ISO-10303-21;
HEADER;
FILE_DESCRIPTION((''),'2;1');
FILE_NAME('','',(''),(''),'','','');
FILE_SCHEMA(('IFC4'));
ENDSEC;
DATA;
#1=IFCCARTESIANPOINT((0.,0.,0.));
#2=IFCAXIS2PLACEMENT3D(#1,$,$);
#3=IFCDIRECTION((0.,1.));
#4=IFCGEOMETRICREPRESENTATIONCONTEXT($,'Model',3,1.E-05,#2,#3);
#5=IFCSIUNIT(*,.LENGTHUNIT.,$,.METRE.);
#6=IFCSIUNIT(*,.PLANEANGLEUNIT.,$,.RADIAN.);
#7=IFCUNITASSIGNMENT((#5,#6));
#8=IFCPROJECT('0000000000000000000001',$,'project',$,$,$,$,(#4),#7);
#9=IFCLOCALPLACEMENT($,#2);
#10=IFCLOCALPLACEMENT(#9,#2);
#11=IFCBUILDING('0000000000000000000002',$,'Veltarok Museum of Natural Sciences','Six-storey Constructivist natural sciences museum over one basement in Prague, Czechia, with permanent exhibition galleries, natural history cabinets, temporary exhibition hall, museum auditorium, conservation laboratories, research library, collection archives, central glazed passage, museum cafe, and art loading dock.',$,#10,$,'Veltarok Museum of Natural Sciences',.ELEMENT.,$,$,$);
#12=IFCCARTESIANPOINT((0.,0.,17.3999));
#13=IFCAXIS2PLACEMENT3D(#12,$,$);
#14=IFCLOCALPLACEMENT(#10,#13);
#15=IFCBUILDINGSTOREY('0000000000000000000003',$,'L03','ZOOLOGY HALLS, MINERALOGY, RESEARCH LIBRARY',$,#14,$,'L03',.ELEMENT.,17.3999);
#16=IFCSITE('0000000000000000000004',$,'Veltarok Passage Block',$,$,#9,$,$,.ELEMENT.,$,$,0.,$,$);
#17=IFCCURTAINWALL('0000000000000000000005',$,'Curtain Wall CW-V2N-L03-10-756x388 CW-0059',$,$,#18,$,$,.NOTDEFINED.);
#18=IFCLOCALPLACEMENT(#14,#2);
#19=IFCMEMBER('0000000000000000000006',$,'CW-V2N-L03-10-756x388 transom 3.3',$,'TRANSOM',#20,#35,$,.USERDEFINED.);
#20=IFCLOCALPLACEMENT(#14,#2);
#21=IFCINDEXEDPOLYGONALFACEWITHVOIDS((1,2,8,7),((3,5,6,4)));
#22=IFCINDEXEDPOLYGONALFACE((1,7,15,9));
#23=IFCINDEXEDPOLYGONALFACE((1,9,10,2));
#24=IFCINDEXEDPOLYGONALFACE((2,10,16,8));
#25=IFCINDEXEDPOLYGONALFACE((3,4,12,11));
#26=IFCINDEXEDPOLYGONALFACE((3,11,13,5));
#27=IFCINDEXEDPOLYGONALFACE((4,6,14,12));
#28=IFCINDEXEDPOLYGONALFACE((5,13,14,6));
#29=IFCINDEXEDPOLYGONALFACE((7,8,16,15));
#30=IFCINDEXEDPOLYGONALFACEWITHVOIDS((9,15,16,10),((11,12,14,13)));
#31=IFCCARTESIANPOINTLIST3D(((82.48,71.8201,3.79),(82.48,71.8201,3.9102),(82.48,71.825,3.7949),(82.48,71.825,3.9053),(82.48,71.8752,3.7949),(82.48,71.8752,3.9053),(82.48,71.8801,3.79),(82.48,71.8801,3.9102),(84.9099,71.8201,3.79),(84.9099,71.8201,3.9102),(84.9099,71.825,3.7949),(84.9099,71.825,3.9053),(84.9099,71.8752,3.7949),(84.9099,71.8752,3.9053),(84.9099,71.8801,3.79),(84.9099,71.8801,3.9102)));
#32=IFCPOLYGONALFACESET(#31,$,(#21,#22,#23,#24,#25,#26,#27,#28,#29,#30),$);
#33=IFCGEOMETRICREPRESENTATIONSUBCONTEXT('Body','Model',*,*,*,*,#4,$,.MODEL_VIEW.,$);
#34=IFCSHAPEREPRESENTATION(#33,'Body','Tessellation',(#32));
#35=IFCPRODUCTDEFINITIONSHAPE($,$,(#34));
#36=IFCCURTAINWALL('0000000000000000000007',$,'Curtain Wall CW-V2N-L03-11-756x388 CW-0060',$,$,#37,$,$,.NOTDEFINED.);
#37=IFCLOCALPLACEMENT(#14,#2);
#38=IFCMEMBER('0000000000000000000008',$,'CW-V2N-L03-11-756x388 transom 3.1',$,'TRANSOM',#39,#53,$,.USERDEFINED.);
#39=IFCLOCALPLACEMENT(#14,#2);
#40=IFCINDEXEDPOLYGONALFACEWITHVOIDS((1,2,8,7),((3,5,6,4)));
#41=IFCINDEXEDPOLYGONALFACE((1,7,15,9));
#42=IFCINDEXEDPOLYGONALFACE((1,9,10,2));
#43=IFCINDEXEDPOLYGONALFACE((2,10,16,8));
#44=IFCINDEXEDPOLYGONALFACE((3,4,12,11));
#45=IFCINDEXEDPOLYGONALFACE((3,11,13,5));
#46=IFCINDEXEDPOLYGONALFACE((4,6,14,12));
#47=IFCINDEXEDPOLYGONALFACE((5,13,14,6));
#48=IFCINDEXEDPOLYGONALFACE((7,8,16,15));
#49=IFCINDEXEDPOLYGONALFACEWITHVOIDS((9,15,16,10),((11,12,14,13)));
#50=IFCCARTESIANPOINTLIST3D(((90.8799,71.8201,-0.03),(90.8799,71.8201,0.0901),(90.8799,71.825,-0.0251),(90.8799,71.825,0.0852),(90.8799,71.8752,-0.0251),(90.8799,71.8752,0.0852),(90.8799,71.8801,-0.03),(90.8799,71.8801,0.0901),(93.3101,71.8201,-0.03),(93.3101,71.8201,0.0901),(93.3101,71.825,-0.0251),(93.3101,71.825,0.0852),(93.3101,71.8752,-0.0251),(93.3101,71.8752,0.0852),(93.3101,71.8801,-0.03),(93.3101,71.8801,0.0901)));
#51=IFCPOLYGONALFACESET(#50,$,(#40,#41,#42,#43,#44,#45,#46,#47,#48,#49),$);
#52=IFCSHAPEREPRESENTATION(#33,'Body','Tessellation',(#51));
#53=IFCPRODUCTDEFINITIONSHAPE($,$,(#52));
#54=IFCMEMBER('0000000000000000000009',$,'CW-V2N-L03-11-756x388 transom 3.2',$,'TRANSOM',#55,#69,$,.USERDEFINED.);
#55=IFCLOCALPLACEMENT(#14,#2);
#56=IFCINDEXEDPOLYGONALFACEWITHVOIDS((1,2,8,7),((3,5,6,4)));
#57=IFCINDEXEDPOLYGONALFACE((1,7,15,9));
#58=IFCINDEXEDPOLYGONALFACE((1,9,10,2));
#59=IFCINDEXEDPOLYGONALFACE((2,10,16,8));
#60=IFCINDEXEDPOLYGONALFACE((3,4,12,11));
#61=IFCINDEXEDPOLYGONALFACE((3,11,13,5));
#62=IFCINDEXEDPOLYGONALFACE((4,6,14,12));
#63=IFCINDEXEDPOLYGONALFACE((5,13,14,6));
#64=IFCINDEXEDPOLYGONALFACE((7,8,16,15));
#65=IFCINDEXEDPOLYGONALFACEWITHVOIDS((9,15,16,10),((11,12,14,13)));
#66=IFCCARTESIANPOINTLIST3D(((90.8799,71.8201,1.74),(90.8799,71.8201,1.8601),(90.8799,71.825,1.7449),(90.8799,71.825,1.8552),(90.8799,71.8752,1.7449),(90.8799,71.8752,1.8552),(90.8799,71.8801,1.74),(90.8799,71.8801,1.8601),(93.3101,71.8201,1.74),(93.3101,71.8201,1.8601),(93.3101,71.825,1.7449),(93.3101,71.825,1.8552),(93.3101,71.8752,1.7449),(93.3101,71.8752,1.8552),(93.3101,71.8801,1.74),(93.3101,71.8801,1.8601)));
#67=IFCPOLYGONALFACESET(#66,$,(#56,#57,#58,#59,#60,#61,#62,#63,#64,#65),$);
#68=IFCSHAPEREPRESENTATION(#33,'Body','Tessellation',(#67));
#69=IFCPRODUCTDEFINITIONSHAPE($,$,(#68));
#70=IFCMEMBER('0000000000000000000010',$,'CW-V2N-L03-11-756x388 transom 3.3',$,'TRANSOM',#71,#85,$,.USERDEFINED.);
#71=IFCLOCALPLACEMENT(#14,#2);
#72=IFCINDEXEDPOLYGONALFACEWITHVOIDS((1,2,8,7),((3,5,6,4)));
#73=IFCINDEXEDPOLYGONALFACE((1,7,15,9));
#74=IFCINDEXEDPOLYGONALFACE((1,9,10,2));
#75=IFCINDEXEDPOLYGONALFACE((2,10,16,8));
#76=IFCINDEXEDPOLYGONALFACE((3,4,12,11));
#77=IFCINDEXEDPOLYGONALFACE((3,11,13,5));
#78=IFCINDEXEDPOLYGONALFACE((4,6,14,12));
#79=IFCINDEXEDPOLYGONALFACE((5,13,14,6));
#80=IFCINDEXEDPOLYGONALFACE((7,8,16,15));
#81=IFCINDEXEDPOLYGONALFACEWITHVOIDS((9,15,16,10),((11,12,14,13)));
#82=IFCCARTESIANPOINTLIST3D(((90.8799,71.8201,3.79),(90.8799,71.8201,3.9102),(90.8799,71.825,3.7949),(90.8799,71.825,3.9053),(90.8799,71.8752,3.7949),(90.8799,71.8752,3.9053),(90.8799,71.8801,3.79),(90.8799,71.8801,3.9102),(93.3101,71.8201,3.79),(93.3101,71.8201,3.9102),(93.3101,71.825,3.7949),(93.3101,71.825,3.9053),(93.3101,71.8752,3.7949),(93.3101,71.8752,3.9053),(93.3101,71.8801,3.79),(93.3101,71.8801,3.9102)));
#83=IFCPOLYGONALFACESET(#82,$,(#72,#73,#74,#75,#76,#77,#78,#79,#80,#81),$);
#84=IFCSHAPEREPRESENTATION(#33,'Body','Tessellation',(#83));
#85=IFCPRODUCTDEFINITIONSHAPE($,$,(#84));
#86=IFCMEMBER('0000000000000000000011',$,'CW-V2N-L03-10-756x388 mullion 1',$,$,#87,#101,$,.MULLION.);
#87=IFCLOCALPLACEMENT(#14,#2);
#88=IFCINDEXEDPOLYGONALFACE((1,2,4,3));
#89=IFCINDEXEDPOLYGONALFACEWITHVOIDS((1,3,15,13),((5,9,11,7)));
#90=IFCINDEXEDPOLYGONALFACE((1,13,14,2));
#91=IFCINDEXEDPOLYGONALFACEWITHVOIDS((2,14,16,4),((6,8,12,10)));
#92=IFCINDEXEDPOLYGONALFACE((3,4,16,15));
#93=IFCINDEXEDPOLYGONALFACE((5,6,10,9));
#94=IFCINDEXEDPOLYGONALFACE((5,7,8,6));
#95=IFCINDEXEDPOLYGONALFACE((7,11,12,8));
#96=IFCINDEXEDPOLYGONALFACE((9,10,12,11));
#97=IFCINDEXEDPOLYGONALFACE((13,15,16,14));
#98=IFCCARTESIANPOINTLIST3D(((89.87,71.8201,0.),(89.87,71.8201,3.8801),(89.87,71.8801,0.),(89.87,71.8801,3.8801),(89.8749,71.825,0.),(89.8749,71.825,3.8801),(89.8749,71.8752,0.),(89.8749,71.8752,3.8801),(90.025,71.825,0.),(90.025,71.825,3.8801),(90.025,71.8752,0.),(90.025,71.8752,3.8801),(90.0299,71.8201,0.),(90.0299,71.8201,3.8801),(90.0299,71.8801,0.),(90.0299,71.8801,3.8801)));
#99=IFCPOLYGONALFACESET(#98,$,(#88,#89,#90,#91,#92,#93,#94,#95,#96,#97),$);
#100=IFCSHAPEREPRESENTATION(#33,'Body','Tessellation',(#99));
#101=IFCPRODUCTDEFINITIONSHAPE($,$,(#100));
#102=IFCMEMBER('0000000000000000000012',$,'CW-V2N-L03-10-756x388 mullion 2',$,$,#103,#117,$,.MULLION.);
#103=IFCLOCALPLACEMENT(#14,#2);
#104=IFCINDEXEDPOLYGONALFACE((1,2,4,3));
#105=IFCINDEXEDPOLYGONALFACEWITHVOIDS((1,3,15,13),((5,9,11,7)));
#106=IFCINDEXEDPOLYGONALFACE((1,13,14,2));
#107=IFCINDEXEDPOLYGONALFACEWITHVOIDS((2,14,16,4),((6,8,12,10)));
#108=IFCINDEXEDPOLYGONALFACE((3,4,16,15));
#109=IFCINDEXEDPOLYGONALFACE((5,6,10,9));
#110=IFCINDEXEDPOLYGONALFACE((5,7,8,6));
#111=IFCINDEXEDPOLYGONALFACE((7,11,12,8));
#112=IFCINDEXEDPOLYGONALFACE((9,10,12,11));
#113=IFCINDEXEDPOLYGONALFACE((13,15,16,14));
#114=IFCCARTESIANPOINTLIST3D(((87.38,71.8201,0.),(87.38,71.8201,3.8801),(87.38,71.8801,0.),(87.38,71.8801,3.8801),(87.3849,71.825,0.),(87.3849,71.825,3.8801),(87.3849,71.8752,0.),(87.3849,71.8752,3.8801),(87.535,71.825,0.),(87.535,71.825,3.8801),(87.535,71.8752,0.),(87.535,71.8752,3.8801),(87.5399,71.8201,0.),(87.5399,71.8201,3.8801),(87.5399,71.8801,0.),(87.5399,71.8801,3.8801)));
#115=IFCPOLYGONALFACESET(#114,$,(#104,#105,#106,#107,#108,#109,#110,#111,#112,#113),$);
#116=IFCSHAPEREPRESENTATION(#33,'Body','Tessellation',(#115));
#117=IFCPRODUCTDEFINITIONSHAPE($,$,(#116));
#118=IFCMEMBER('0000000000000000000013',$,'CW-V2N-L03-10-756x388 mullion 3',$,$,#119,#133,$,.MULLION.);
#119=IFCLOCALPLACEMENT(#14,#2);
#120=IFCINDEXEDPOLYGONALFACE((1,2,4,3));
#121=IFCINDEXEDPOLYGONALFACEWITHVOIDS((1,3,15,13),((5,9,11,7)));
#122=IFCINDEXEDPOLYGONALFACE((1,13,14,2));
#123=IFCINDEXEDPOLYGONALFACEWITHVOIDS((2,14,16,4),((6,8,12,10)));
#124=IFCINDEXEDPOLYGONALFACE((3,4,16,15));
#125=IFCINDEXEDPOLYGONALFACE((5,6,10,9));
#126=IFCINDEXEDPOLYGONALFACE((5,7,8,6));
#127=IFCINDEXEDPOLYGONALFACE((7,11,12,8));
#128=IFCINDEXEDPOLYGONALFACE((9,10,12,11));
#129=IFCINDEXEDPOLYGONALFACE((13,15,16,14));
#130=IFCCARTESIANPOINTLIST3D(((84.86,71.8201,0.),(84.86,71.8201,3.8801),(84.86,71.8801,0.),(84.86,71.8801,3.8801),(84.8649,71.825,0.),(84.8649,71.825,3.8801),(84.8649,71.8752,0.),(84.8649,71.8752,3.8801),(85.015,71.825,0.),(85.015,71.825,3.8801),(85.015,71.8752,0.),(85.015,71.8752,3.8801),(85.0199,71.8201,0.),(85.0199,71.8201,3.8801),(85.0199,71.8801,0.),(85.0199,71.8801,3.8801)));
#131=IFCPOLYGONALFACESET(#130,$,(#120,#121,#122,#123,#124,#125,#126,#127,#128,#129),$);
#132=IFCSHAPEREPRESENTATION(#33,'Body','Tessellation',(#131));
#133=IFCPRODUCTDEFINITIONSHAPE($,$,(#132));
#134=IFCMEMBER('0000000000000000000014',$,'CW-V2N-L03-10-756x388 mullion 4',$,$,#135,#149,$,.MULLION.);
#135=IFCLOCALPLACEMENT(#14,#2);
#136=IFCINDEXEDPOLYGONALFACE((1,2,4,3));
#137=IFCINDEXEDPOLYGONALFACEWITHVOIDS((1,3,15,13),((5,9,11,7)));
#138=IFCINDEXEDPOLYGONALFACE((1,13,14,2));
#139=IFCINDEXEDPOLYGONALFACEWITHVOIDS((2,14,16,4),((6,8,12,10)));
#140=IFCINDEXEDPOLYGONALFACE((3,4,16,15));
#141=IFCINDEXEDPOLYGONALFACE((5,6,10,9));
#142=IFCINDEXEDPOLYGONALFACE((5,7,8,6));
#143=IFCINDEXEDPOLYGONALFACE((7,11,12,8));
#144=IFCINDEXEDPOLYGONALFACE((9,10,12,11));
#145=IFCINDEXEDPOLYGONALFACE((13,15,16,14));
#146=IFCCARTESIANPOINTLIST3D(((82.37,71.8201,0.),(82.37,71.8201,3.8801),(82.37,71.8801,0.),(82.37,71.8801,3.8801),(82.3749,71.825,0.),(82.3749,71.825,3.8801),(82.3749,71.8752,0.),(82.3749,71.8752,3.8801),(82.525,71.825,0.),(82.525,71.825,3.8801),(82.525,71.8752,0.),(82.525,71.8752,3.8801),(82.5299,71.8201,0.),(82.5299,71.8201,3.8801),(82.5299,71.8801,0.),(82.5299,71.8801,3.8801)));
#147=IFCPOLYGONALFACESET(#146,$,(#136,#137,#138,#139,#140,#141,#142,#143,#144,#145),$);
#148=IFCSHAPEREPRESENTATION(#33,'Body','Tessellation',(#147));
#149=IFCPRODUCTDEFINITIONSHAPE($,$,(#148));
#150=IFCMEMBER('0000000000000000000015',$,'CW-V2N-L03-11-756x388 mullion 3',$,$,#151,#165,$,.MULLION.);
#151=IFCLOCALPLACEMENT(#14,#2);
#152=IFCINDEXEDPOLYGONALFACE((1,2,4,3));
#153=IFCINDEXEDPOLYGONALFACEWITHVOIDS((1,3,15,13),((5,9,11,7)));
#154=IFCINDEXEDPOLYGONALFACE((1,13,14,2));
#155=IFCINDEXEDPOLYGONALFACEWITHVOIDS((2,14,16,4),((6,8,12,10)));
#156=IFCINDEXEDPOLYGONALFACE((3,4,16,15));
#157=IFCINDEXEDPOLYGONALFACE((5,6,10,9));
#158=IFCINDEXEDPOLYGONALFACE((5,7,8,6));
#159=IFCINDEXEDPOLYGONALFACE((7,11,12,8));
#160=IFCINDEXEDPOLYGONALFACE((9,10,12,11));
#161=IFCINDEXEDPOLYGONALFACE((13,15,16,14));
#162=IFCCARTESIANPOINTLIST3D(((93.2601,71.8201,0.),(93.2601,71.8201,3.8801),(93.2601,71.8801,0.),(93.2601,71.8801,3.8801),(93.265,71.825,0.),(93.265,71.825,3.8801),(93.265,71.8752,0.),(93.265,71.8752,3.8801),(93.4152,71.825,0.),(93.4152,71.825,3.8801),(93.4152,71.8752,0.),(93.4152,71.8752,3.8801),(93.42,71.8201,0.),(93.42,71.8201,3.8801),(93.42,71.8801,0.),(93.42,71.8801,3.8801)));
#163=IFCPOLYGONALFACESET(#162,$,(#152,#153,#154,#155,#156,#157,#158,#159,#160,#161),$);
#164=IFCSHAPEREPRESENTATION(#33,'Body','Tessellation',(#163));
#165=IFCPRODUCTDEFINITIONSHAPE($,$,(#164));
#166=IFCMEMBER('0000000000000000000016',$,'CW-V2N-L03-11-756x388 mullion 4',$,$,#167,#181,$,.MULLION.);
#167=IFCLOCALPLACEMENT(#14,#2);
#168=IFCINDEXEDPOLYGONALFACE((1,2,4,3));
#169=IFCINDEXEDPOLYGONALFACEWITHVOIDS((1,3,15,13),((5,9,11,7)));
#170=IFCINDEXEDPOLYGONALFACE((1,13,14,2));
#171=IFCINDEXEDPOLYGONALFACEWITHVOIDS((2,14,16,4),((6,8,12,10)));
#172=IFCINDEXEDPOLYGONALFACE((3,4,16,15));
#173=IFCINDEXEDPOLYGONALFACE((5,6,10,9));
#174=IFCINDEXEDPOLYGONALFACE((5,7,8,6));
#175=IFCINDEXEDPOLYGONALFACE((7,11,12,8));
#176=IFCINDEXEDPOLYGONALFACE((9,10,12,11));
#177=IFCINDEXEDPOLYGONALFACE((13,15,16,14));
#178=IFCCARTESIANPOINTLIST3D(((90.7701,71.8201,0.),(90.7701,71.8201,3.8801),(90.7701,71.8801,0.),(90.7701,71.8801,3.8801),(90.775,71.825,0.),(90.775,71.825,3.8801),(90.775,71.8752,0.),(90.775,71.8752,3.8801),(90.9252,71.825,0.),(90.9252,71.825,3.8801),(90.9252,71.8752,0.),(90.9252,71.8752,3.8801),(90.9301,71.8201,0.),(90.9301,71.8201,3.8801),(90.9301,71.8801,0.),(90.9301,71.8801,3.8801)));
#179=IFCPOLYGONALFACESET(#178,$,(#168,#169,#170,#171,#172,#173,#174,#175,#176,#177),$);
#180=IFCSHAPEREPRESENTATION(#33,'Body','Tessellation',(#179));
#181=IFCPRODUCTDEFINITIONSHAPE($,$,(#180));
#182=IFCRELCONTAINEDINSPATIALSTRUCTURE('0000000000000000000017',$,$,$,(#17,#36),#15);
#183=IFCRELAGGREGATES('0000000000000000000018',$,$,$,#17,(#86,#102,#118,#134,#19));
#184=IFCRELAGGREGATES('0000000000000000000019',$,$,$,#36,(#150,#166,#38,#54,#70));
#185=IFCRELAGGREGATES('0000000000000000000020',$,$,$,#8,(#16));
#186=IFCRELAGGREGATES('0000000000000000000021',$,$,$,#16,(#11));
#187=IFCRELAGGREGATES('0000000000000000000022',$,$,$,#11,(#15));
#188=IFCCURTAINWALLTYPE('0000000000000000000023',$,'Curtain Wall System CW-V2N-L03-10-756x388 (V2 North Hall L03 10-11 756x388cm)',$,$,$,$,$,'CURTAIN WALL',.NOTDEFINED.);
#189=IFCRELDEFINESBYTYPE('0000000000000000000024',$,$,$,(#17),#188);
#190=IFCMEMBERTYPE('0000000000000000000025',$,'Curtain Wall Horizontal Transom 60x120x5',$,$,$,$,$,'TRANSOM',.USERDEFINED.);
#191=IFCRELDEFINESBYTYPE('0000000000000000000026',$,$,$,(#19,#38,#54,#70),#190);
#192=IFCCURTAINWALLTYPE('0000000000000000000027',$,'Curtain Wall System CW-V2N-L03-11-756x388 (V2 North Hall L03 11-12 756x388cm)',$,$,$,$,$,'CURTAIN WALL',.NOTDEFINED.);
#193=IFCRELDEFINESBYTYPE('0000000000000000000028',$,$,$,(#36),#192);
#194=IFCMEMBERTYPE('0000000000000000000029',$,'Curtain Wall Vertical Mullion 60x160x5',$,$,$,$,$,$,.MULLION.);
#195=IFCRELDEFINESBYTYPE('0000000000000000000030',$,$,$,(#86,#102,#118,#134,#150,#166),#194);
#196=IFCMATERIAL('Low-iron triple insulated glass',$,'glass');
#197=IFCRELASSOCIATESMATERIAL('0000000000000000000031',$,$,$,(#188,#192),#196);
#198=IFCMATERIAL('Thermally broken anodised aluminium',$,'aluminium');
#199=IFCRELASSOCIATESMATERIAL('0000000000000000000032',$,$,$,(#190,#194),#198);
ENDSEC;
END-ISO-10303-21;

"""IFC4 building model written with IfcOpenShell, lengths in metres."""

from ifc_helpers import new_model, si_unit, direction, frame, origin, origin_2d, place, context, subcontext, project, spatial, hollow_rectangle, extrude, material, material_profile, profile_set, type_object, element, aggregate, save


model = new_model("IFC4")

# Units and contexts
model_context = context("Model", 3, precision=1e-05, world=origin(), true_north=direction((0.0, 1.0)))
body_context = subcontext(model_context, "Body", "Model", "MODEL_VIEW")
ifc_project = project(units=[si_unit("LENGTHUNIT", "METRE"), si_unit("PLANEANGLEUNIT", "RADIAN")], contexts=[model_context])

# Site, building, storey
site_placement = place(None, origin())
site = spatial("IfcSite", under=ifc_project, at=site_placement, Name="Veltarok Passage Block", CompositionType="ELEMENT", RefElevation=0.0)
building_placement = place(site_placement, origin())
building = spatial("IfcBuilding", under=site, at=building_placement, Name="Veltarok Museum of Natural Sciences", Description="Six-storey Constructivist natural sciences museum over one basement in Prague, Czechia, with permanent exhibition galleries, natural history cabinets, temporary exhibition hall, museum auditorium, conservation laboratories, research library, collection archives, central glazed passage, museum cafe, and art loading dock.", LongName="Veltarok Museum of Natural Sciences", CompositionType="ELEMENT")
storey_placement = place(building_placement, frame((0.0, 0.0, 17.3999)))
storey = spatial("IfcBuildingStorey", under=building, at=storey_placement, Name="L03", Description="ZOOLOGY HALLS, MINERALOGY, RESEARCH LIBRARY", LongName="L03", CompositionType="ELEMENT", Elevation=17.3999)

# Curtain walls, members
ifc_material_1 = material(Name="Low-iron triple insulated glass", Category="glass")
curtain_wall_type_1 = type_object("IfcCurtainWallType", Name="Curtain Wall System CW-V2N-L03-10-756x388 (V2 North Hall L03 10-11 756x388cm)", ElementType="CURTAIN WALL", PredefinedType="NOTDEFINED", material=ifc_material_1)
curtain_wall_1_placement = place(storey_placement, origin())
curtain_wall_1 = element("IfcCurtainWall", 1, at=curtain_wall_1_placement, inside=storey, type_object=curtain_wall_type_1, Name="Curtain Wall CW-V2N-L03-10-756x388 CW-0059", PredefinedType="NOTDEFINED")
ifc_material_2 = material(Name="Thermally broken anodised aluminium", Category="aluminium")
ifc_material_profile_1 = material_profile(ifc_material_2, hollow_rectangle(XDim=0.0601, YDim=0.1201, WallThickness=0.0049, at=origin_2d()), Name="CW TRANSOM 60x120x5")
ifc_profile_set_1 = profile_set([ifc_material_profile_1], Name="Thermally broken anodised aluminium")
member_type_1 = type_object("IfcMemberType", Name="Curtain Wall Horizontal Transom 60x120x5", ElementType="TRANSOM", PredefinedType="USERDEFINED", material=ifc_profile_set_1)
member_1_placement = place(storey_placement, frame((84.9099, 71.8501, 3.8501), z_axis=(-1.0, 0.0, 0.0), x_axis=(0.0, -1.0, 0.0)))
member_1 = element("IfcMember", 2, at=member_1_placement, type_object=member_type_1, Name="CW-V2N-L03-10-756x388 transom 3.3", ObjectType="TRANSOM", PredefinedType="USERDEFINED", context=body_context, shape_type="SweptSolid", body=[
    extrude(hollow_rectangle(XDim=0.0601, YDim=0.1201, WallThickness=0.0049, at=origin_2d()), origin(), (0.0, 0.0, 1.0), 2.4299),
])
curtain_wall_type_2 = type_object("IfcCurtainWallType", Name="Curtain Wall System CW-V2N-L03-11-756x388 (V2 North Hall L03 11-12 756x388cm)", ElementType="CURTAIN WALL", PredefinedType="NOTDEFINED", material=ifc_material_1)
curtain_wall_2_placement = place(storey_placement, origin())
curtain_wall_2 = element("IfcCurtainWall", 3, at=curtain_wall_2_placement, inside=storey, type_object=curtain_wall_type_2, Name="Curtain Wall CW-V2N-L03-11-756x388 CW-0060", PredefinedType="NOTDEFINED")
member_2_placement = place(storey_placement, frame((93.3101, 71.8501, 0.03), z_axis=(-1.0, 0.0, 0.0), x_axis=(0.0, -1.0, 0.0)))
member_2 = element("IfcMember", 4, at=member_2_placement, type_object=member_type_1, Name="CW-V2N-L03-11-756x388 transom 3.1", ObjectType="TRANSOM", PredefinedType="USERDEFINED", context=body_context, shape_type="SweptSolid", body=[
    extrude(hollow_rectangle(XDim=0.0601, YDim=0.1201, WallThickness=0.0049, at=origin_2d()), origin(), (0.0, 0.0, 1.0), 2.4302),
])
member_3_placement = place(storey_placement, frame((93.3101, 71.8501, 1.8), z_axis=(-1.0, 0.0, 0.0), x_axis=(0.0, -1.0, 0.0)))
member_3 = element("IfcMember", 5, at=member_3_placement, type_object=member_type_1, Name="CW-V2N-L03-11-756x388 transom 3.2", ObjectType="TRANSOM", PredefinedType="USERDEFINED", context=body_context, shape_type="SweptSolid", body=[
    extrude(hollow_rectangle(XDim=0.0601, YDim=0.1201, WallThickness=0.0049, at=origin_2d()), origin(), (0.0, 0.0, 1.0), 2.4302),
])
member_4_placement = place(storey_placement, frame((93.3101, 71.8501, 3.8501), z_axis=(-1.0, 0.0, 0.0), x_axis=(0.0, -1.0, 0.0)))
member_4 = element("IfcMember", 6, at=member_4_placement, type_object=member_type_1, Name="CW-V2N-L03-11-756x388 transom 3.3", ObjectType="TRANSOM", PredefinedType="USERDEFINED", context=body_context, shape_type="SweptSolid", body=[
    extrude(hollow_rectangle(XDim=0.0601, YDim=0.1201, WallThickness=0.0049, at=origin_2d()), origin(), (0.0, 0.0, 1.0), 2.4302),
])

# Members
ifc_material_profile_2 = material_profile(ifc_material_2, hollow_rectangle(XDim=0.0601, YDim=0.1599, WallThickness=0.0049, at=origin_2d()), Name="CW MULLION 60x160x5")
ifc_profile_set_2 = profile_set([ifc_material_profile_2], Name="Thermally broken anodised aluminium")
member_type_2 = type_object("IfcMemberType", Name="Curtain Wall Vertical Mullion 60x160x5", PredefinedType="MULLION", material=ifc_profile_set_2)
member_5_placement = place(storey_placement, frame((89.95, 71.8501, 0.0), z_axis=(0.0, 0.0, 1.0), x_axis=(0.0, -1.0, 0.0)))
member_5 = element("IfcMember", 7, at=member_5_placement, type_object=member_type_2, Name="CW-V2N-L03-10-756x388 mullion 1", PredefinedType="MULLION", context=body_context, shape_type="SweptSolid", body=[
    extrude(hollow_rectangle(XDim=0.0601, YDim=0.1599, WallThickness=0.0049, at=origin_2d()), origin(), (0.0, 0.0, 1.0), 3.8801),
])
member_6_placement = place(storey_placement, frame((87.46, 71.8501, 0.0), z_axis=(0.0, 0.0, 1.0), x_axis=(0.0, -1.0, 0.0)))
member_6 = element("IfcMember", 8, at=member_6_placement, type_object=member_type_2, Name="CW-V2N-L03-10-756x388 mullion 2", PredefinedType="MULLION", context=body_context, shape_type="SweptSolid", body=[
    extrude(hollow_rectangle(XDim=0.0601, YDim=0.1599, WallThickness=0.0049, at=origin_2d()), origin(), (0.0, 0.0, 1.0), 3.8801),
])
member_7_placement = place(storey_placement, frame((84.9399, 71.8501, 0.0), z_axis=(0.0, 0.0, 1.0), x_axis=(0.0, -1.0, 0.0)))
member_7 = element("IfcMember", 9, at=member_7_placement, type_object=member_type_2, Name="CW-V2N-L03-10-756x388 mullion 3", PredefinedType="MULLION", context=body_context, shape_type="SweptSolid", body=[
    extrude(hollow_rectangle(XDim=0.0601, YDim=0.1599, WallThickness=0.0049, at=origin_2d()), origin(), (0.0, 0.0, 1.0), 3.8801),
])
member_8_placement = place(storey_placement, frame((82.45, 71.8501, 0.0), z_axis=(0.0, 0.0, 1.0), x_axis=(0.0, -1.0, 0.0)))
member_8 = element("IfcMember", 10, at=member_8_placement, type_object=member_type_2, Name="CW-V2N-L03-10-756x388 mullion 4", PredefinedType="MULLION", context=body_context, shape_type="SweptSolid", body=[
    extrude(hollow_rectangle(XDim=0.0601, YDim=0.1599, WallThickness=0.0049, at=origin_2d()), origin(), (0.0, 0.0, 1.0), 3.8801),
])
member_9_placement = place(storey_placement, frame((93.3401, 71.8501, 0.0), z_axis=(0.0, 0.0, 1.0), x_axis=(0.0, -1.0, 0.0)))
member_9 = element("IfcMember", 11, at=member_9_placement, type_object=member_type_2, Name="CW-V2N-L03-11-756x388 mullion 3", PredefinedType="MULLION", context=body_context, shape_type="SweptSolid", body=[
    extrude(hollow_rectangle(XDim=0.0601, YDim=0.1599, WallThickness=0.0049, at=origin_2d()), origin(), (0.0, 0.0, 1.0), 3.8801),
])
member_10_placement = place(storey_placement, frame((90.8501, 71.8501, 0.0), z_axis=(0.0, 0.0, 1.0), x_axis=(0.0, -1.0, 0.0)))
member_10 = element("IfcMember", 12, at=member_10_placement, type_object=member_type_2, Name="CW-V2N-L03-11-756x388 mullion 4", PredefinedType="MULLION", context=body_context, shape_type="SweptSolid", body=[
    extrude(hollow_rectangle(XDim=0.0601, YDim=0.1599, WallThickness=0.0049, at=origin_2d()), origin(), (0.0, 0.0, 1.0), 3.8801),
])

aggregate(curtain_wall_1, [member_5, member_6, member_7, member_8, member_1])
aggregate(curtain_wall_2, [member_9, member_10, member_2, member_3, member_4])

save(model, "model.ifc")
